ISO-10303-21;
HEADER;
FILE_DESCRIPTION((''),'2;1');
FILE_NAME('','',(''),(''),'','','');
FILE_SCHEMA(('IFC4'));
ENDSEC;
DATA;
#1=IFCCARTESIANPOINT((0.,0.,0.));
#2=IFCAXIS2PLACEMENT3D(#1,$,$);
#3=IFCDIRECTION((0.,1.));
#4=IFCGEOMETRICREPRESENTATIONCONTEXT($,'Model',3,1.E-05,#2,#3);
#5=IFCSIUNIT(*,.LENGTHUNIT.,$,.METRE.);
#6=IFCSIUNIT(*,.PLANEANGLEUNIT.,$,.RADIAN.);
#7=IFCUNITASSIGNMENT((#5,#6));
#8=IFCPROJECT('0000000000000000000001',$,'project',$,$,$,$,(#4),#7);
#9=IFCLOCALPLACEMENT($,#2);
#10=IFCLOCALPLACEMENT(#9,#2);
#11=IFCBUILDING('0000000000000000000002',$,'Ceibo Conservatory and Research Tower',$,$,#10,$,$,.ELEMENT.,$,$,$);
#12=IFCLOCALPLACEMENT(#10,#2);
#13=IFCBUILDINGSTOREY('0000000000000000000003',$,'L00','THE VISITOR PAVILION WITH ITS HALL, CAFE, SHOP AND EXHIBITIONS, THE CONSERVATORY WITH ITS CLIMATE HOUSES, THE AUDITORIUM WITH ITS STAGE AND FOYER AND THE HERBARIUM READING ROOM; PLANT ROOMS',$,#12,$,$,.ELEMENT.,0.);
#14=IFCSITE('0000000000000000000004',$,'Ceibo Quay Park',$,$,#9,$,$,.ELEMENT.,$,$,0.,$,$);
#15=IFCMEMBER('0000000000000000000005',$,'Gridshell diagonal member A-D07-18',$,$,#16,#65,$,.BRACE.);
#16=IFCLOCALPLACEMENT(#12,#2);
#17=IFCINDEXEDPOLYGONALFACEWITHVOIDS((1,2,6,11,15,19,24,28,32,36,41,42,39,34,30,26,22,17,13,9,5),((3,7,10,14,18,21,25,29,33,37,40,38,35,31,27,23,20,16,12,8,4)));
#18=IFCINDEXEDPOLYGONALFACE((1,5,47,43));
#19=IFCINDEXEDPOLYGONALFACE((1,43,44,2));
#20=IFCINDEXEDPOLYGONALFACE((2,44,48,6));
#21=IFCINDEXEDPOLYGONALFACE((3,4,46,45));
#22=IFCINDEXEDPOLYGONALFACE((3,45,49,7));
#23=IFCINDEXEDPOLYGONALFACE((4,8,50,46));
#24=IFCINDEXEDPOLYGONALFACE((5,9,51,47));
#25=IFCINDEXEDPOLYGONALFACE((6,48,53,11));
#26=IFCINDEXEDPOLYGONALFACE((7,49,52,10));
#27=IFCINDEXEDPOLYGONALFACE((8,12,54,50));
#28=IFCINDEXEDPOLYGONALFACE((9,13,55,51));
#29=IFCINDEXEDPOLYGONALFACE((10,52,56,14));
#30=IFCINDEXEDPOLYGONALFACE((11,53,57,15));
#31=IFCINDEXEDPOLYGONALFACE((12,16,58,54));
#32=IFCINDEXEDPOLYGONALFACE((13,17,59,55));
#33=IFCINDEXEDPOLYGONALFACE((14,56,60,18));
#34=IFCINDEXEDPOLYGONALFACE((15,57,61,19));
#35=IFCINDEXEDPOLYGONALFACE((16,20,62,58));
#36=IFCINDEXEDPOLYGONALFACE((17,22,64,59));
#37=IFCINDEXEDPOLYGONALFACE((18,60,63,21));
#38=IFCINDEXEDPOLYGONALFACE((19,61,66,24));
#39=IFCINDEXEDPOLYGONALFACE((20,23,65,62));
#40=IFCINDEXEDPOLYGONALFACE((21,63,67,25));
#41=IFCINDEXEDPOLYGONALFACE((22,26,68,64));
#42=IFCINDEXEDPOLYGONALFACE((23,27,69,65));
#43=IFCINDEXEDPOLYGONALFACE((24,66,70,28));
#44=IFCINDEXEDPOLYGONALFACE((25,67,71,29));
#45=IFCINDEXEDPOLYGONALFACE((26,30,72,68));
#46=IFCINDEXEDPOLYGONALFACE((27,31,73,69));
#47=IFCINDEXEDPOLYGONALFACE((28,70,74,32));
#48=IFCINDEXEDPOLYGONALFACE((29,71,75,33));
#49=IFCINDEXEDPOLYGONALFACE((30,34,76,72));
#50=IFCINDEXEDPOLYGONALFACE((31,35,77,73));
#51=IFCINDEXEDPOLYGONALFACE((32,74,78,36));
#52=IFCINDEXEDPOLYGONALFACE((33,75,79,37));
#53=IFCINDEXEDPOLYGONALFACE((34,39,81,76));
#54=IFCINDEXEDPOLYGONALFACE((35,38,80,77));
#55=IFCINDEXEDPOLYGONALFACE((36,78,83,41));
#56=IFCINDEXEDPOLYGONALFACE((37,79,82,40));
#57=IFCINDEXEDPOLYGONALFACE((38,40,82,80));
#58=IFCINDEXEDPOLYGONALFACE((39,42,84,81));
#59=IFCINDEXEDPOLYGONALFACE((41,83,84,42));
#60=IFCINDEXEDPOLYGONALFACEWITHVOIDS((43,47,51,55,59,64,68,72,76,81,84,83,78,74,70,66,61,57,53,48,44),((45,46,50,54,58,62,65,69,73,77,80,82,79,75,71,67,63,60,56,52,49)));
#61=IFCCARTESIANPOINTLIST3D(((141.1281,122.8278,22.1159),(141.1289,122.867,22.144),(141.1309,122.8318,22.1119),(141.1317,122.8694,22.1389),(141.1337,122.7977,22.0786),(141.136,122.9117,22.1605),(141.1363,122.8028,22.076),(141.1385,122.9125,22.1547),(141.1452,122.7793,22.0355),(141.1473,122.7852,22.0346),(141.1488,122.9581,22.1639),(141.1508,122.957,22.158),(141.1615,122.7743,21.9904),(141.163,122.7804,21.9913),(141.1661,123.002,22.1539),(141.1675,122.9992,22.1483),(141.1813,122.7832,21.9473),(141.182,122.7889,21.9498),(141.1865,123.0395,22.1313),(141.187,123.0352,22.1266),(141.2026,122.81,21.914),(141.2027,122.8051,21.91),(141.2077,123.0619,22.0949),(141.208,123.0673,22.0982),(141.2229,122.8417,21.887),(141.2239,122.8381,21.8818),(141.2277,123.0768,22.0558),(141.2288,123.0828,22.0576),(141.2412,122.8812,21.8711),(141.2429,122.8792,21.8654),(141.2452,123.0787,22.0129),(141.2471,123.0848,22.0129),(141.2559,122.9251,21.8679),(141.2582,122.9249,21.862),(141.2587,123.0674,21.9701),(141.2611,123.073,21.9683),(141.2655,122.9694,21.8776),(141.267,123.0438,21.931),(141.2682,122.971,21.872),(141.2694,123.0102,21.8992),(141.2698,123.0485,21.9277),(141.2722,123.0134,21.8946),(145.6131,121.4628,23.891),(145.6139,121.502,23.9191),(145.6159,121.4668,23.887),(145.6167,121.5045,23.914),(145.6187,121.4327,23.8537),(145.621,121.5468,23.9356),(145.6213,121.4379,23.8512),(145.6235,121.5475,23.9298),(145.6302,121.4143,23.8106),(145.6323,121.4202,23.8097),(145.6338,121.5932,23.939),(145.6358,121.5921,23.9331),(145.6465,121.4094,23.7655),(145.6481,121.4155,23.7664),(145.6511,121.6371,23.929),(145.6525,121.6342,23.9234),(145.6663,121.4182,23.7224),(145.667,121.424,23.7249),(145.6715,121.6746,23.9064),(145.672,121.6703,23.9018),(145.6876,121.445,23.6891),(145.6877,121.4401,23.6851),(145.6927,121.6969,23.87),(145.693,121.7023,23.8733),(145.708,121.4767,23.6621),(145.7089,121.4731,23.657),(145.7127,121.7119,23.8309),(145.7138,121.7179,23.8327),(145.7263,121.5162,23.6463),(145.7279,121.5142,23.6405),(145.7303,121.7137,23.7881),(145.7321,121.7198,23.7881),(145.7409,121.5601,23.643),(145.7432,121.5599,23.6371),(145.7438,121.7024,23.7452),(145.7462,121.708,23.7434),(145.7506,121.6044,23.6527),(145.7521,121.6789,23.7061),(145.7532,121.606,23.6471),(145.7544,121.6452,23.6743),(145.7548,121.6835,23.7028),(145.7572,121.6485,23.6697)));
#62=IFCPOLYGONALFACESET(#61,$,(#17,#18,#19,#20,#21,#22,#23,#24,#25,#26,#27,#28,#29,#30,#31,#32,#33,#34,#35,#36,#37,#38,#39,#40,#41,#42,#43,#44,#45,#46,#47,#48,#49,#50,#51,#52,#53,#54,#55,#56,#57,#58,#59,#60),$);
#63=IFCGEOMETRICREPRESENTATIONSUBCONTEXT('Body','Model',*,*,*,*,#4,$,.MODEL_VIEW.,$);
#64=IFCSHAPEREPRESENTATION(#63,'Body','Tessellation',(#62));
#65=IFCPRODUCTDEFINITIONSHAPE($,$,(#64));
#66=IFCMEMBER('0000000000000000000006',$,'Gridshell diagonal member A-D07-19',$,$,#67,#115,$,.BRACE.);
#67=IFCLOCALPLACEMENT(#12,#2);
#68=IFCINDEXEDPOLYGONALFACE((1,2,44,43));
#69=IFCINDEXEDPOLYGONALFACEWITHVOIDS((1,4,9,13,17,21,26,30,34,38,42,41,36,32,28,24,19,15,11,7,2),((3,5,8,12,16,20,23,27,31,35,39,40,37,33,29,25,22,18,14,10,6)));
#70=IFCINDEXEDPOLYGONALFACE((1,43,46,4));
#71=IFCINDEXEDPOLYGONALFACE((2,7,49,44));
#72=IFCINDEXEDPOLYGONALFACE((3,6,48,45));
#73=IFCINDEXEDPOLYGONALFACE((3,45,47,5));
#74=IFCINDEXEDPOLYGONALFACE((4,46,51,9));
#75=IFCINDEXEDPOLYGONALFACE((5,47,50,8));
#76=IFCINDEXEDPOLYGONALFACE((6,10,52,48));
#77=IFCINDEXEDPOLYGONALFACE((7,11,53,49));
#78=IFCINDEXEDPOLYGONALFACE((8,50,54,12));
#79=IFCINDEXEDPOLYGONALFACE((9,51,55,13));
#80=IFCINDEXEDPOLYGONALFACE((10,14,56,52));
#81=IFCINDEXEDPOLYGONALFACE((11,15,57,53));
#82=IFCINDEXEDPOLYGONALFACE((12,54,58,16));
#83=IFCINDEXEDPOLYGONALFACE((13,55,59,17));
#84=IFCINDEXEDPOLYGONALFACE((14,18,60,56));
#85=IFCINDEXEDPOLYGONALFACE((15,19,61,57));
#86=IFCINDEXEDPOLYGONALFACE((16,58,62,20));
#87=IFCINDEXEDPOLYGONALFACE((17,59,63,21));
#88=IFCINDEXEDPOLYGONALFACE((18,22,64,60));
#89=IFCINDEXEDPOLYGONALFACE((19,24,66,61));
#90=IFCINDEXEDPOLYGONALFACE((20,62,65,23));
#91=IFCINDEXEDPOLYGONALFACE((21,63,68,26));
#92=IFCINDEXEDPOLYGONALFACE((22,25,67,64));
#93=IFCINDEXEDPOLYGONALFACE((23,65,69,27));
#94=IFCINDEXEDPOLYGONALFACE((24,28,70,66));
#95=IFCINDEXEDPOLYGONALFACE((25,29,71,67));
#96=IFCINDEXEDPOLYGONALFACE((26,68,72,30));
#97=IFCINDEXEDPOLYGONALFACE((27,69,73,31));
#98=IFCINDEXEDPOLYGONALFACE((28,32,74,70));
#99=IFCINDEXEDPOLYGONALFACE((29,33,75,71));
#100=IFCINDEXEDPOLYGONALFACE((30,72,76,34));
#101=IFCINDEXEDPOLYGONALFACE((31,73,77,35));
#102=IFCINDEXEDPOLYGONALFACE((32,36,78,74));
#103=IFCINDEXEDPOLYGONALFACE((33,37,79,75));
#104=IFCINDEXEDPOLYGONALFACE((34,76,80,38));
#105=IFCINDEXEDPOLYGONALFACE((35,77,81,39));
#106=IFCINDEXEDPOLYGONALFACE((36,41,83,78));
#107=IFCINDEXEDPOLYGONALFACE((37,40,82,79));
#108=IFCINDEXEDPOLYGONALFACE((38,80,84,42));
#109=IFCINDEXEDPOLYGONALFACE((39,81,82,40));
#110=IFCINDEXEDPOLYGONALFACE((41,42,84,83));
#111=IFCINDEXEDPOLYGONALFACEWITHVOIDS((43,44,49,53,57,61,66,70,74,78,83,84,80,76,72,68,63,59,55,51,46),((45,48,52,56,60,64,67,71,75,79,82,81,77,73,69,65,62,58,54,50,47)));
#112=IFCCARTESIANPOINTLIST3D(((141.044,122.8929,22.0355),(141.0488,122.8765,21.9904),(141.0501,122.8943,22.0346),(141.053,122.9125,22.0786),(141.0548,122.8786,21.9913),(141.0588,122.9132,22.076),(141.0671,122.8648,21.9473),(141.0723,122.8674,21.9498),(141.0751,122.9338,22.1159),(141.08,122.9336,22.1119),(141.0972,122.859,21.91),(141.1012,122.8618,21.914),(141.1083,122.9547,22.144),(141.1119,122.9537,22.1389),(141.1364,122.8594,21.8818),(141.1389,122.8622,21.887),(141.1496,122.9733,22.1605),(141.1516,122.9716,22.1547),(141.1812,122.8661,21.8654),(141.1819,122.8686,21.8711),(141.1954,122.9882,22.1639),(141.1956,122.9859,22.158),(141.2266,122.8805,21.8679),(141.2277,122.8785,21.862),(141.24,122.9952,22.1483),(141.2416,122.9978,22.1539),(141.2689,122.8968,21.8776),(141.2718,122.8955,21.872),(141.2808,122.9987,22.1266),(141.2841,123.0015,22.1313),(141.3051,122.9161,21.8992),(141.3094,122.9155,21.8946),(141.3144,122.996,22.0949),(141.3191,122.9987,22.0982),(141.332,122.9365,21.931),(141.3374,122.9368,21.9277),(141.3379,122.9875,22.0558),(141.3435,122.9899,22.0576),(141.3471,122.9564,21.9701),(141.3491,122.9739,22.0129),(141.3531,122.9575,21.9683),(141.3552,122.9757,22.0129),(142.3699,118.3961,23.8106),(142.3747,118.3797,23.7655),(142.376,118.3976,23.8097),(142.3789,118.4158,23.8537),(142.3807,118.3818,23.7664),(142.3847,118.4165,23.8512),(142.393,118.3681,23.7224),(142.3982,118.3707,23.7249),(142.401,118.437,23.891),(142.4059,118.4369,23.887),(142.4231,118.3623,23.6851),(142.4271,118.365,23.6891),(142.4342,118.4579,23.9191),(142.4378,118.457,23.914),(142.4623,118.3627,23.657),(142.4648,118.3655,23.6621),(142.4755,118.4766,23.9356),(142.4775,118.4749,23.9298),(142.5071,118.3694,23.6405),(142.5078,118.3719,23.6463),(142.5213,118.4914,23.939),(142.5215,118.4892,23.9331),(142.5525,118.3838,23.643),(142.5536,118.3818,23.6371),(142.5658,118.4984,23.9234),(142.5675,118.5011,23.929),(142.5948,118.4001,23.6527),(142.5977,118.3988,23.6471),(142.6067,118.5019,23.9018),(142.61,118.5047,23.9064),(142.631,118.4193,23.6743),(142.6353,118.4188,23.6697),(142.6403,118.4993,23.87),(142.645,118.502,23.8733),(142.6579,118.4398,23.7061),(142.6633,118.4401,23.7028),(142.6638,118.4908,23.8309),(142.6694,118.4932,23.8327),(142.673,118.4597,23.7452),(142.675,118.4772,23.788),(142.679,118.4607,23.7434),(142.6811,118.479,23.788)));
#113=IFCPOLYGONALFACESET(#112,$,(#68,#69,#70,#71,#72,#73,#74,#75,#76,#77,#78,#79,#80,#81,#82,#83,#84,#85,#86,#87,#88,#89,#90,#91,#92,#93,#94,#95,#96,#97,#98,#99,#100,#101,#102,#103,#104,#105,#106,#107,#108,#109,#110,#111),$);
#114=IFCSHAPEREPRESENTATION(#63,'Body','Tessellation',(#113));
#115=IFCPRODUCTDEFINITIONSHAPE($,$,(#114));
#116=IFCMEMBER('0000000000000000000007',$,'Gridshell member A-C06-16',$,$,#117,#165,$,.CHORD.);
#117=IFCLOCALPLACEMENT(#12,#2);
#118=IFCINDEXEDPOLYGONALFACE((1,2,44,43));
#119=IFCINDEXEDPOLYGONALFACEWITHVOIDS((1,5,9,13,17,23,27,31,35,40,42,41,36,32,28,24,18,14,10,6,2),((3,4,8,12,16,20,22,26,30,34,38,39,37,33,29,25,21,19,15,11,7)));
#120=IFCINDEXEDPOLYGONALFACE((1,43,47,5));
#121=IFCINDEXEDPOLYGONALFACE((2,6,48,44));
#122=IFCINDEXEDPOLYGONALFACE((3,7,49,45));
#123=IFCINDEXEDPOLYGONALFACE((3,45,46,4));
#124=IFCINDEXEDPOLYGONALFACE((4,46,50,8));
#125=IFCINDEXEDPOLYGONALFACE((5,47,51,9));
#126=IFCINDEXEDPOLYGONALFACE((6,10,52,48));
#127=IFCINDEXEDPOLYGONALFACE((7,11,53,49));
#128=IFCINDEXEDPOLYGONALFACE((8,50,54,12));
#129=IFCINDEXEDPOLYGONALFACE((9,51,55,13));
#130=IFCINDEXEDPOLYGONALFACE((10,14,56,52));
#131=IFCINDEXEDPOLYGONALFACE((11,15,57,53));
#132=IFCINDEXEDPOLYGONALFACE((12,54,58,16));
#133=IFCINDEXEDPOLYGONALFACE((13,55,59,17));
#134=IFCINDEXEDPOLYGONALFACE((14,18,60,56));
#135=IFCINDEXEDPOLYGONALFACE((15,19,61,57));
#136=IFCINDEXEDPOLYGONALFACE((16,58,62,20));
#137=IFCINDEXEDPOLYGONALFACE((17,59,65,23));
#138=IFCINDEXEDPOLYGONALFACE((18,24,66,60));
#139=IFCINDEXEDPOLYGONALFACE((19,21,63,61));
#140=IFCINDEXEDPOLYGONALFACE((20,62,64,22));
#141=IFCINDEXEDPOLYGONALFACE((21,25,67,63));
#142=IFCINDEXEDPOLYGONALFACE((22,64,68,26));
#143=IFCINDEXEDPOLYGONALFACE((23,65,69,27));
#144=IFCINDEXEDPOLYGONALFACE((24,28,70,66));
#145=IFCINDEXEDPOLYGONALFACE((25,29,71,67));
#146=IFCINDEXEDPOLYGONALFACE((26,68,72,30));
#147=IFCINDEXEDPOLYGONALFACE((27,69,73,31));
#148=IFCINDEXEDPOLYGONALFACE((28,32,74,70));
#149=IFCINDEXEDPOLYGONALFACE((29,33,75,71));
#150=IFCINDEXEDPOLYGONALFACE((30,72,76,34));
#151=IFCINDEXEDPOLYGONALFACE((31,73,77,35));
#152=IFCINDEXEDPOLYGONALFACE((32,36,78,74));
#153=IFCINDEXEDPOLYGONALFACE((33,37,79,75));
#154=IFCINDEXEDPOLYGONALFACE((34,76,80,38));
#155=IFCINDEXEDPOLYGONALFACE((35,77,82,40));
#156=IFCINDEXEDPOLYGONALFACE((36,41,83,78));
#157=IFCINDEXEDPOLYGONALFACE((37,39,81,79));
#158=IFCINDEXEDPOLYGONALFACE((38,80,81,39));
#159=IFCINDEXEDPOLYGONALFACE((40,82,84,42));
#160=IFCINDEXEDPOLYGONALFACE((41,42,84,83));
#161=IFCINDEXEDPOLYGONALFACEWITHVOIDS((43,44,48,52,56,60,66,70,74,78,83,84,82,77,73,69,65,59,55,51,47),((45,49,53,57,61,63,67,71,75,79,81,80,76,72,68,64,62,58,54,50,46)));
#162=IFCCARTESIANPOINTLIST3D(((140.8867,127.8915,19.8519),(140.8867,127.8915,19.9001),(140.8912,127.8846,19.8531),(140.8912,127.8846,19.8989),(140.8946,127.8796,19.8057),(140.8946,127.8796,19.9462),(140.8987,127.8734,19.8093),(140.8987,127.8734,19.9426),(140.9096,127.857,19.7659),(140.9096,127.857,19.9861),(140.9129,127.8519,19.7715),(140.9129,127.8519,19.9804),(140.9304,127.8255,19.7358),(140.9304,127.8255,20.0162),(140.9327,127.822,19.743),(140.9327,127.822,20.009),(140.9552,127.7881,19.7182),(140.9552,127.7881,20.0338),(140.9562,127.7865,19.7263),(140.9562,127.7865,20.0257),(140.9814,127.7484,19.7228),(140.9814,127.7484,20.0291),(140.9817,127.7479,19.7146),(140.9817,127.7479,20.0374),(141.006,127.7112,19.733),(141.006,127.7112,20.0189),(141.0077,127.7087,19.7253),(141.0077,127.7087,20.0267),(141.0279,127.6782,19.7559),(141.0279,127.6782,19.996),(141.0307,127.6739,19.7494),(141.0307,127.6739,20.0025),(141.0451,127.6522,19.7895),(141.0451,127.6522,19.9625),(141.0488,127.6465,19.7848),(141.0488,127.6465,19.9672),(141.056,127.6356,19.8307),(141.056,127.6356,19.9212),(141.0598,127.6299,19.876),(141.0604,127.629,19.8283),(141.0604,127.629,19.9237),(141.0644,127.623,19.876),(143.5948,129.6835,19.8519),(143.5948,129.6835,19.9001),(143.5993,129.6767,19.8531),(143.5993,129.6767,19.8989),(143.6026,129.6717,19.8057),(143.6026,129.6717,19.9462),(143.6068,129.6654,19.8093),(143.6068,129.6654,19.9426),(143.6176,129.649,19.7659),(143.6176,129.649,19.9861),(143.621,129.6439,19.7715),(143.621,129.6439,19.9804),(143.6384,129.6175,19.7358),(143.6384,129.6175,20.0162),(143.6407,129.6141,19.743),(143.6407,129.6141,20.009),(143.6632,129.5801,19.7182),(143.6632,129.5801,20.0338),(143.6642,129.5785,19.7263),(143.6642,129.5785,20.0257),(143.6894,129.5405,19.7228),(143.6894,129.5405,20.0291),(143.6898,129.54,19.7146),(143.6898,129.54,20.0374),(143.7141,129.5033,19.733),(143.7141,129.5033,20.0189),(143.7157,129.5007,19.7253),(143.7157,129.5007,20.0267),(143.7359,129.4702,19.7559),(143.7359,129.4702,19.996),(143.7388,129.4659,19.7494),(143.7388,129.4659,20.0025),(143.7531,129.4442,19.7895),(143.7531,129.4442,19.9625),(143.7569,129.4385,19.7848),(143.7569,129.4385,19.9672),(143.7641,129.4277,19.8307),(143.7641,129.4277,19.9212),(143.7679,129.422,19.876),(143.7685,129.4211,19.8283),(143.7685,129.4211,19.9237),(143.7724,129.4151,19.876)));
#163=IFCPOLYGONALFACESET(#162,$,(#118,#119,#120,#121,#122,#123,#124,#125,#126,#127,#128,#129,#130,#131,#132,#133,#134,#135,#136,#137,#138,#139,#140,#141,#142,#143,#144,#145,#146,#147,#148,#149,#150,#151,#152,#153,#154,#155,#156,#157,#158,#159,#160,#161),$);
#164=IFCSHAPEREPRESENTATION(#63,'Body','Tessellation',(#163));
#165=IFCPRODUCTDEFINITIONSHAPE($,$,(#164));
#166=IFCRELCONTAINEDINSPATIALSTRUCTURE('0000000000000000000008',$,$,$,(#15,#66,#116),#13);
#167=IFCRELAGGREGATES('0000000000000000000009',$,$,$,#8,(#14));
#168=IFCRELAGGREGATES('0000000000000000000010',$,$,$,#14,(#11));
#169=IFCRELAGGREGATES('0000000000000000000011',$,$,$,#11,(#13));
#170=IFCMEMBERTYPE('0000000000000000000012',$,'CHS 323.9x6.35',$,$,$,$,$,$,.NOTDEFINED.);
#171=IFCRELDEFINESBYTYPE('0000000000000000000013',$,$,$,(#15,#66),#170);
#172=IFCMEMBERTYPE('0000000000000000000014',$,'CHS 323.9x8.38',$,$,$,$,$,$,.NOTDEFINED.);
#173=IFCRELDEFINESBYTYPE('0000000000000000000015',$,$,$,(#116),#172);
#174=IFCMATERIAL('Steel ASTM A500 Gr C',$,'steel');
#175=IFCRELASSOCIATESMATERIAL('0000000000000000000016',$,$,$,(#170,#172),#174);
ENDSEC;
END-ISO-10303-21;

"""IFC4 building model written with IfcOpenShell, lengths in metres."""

from ifc_helpers import new_model, si_unit, direction, frame, origin, origin_2d, place, context, subcontext, project, spatial, hollow_circle, extrude, material, material_profile, profile_set, type_object, element, save


model = new_model("IFC4")

# Units and contexts
model_context = context("Model", 3, precision=1e-05, world=origin(), true_north=direction((0.0, 1.0)))
body_context = subcontext(model_context, "Body", "Model", "MODEL_VIEW")
ifc_project = project(units=[si_unit("LENGTHUNIT", "METRE"), si_unit("PLANEANGLEUNIT", "RADIAN")], contexts=[model_context])

# Site, building, storey
site_placement = place(None, origin())
site = spatial("IfcSite", under=ifc_project, at=site_placement, Name="Ceibo Quay Park", CompositionType="ELEMENT", RefElevation=0.0)
building_placement = place(site_placement, origin())
building = spatial("IfcBuilding", under=site, at=building_placement, Name="Ceibo Conservatory and Research Tower", CompositionType="ELEMENT")
storey_placement = place(building_placement, origin())
storey = spatial("IfcBuildingStorey", under=building, at=storey_placement, Name="L00", Description="THE VISITOR PAVILION WITH ITS HALL, CAFE, SHOP AND EXHIBITIONS, THE CONSERVATORY WITH ITS CLIMATE HOUSES, THE AUDITORIUM WITH ITS STAGE AND FOYER AND THE HERBARIUM READING ROOM; PLANT ROOMS", CompositionType="ELEMENT", Elevation=0.0)

# Members
ifc_material_1 = material(Name="Steel ASTM A500 Gr C", Category="steel")
ifc_material_profile_1 = material_profile(ifc_material_1, hollow_circle(Radius=0.1619, WallThickness=0.0063, at=origin_2d()), Name="CHS 323.9x6.35")
ifc_profile_set_1 = profile_set([ifc_material_profile_1], Name="Steel ASTM A500 Gr C")
member_type_1 = type_object("IfcMemberType", Name="CHS 323.9x6.35", PredefinedType="NOTDEFINED", material=ifc_profile_set_1)
for number, where, z_axis, x_axis, name in (
    (1, (141.2, 122.9299, 22.0129), (0.894689, -0.272288, 0.354106), (0.291153, 0.956676, 0.0), "Gridshell diagonal member A-D07-18"),
    (2, (141.2, 122.9299, 22.0129), (0.264495, -0.897024, 0.354105), (0.959173, 0.28282, 0.0), "Gridshell diagonal member A-D07-19"),
):
    element("IfcMember", number, at=place(storey_placement, frame(where, z_axis=z_axis, x_axis=x_axis)), inside=storey, type_object=member_type_1, Name=name, PredefinedType="BRACE", context=body_context, shape_type="SweptSolid", body=[
        extrude(hollow_circle(Radius=0.1619, WallThickness=0.0063, at=origin_2d()), origin(), (0.0, 0.0, 1.0), 5.0129),
    ])
ifc_material_profile_2 = material_profile(ifc_material_1, hollow_circle(Radius=0.1619, WallThickness=0.0083, at=origin_2d()), Name="CHS 323.9x8.38")
ifc_profile_set_2 = profile_set([ifc_material_profile_2], Name="Steel ASTM A500 Gr C")
member_type_2 = type_object("IfcMemberType", Name="CHS 323.9x8.38", PredefinedType="NOTDEFINED", material=ifc_profile_set_2)
member_1_placement = place(storey_placement, frame((143.6831, 129.55, 19.876), z_axis=(-0.833942, -0.551852, 0.0), x_axis=(0.551852, -0.833942, 0.0)))
element("IfcMember", 3, at=member_1_placement, inside=storey, type_object=member_type_2, Name="Gridshell member A-C06-16", PredefinedType="CHORD", context=body_context, shape_type="SweptSolid", body=[
    extrude(hollow_circle(Radius=0.1619, WallThickness=0.0083, at=origin_2d()), origin(), (0.0, 0.0, 1.0), 3.2473),
])

save(model, "model.ifc")
